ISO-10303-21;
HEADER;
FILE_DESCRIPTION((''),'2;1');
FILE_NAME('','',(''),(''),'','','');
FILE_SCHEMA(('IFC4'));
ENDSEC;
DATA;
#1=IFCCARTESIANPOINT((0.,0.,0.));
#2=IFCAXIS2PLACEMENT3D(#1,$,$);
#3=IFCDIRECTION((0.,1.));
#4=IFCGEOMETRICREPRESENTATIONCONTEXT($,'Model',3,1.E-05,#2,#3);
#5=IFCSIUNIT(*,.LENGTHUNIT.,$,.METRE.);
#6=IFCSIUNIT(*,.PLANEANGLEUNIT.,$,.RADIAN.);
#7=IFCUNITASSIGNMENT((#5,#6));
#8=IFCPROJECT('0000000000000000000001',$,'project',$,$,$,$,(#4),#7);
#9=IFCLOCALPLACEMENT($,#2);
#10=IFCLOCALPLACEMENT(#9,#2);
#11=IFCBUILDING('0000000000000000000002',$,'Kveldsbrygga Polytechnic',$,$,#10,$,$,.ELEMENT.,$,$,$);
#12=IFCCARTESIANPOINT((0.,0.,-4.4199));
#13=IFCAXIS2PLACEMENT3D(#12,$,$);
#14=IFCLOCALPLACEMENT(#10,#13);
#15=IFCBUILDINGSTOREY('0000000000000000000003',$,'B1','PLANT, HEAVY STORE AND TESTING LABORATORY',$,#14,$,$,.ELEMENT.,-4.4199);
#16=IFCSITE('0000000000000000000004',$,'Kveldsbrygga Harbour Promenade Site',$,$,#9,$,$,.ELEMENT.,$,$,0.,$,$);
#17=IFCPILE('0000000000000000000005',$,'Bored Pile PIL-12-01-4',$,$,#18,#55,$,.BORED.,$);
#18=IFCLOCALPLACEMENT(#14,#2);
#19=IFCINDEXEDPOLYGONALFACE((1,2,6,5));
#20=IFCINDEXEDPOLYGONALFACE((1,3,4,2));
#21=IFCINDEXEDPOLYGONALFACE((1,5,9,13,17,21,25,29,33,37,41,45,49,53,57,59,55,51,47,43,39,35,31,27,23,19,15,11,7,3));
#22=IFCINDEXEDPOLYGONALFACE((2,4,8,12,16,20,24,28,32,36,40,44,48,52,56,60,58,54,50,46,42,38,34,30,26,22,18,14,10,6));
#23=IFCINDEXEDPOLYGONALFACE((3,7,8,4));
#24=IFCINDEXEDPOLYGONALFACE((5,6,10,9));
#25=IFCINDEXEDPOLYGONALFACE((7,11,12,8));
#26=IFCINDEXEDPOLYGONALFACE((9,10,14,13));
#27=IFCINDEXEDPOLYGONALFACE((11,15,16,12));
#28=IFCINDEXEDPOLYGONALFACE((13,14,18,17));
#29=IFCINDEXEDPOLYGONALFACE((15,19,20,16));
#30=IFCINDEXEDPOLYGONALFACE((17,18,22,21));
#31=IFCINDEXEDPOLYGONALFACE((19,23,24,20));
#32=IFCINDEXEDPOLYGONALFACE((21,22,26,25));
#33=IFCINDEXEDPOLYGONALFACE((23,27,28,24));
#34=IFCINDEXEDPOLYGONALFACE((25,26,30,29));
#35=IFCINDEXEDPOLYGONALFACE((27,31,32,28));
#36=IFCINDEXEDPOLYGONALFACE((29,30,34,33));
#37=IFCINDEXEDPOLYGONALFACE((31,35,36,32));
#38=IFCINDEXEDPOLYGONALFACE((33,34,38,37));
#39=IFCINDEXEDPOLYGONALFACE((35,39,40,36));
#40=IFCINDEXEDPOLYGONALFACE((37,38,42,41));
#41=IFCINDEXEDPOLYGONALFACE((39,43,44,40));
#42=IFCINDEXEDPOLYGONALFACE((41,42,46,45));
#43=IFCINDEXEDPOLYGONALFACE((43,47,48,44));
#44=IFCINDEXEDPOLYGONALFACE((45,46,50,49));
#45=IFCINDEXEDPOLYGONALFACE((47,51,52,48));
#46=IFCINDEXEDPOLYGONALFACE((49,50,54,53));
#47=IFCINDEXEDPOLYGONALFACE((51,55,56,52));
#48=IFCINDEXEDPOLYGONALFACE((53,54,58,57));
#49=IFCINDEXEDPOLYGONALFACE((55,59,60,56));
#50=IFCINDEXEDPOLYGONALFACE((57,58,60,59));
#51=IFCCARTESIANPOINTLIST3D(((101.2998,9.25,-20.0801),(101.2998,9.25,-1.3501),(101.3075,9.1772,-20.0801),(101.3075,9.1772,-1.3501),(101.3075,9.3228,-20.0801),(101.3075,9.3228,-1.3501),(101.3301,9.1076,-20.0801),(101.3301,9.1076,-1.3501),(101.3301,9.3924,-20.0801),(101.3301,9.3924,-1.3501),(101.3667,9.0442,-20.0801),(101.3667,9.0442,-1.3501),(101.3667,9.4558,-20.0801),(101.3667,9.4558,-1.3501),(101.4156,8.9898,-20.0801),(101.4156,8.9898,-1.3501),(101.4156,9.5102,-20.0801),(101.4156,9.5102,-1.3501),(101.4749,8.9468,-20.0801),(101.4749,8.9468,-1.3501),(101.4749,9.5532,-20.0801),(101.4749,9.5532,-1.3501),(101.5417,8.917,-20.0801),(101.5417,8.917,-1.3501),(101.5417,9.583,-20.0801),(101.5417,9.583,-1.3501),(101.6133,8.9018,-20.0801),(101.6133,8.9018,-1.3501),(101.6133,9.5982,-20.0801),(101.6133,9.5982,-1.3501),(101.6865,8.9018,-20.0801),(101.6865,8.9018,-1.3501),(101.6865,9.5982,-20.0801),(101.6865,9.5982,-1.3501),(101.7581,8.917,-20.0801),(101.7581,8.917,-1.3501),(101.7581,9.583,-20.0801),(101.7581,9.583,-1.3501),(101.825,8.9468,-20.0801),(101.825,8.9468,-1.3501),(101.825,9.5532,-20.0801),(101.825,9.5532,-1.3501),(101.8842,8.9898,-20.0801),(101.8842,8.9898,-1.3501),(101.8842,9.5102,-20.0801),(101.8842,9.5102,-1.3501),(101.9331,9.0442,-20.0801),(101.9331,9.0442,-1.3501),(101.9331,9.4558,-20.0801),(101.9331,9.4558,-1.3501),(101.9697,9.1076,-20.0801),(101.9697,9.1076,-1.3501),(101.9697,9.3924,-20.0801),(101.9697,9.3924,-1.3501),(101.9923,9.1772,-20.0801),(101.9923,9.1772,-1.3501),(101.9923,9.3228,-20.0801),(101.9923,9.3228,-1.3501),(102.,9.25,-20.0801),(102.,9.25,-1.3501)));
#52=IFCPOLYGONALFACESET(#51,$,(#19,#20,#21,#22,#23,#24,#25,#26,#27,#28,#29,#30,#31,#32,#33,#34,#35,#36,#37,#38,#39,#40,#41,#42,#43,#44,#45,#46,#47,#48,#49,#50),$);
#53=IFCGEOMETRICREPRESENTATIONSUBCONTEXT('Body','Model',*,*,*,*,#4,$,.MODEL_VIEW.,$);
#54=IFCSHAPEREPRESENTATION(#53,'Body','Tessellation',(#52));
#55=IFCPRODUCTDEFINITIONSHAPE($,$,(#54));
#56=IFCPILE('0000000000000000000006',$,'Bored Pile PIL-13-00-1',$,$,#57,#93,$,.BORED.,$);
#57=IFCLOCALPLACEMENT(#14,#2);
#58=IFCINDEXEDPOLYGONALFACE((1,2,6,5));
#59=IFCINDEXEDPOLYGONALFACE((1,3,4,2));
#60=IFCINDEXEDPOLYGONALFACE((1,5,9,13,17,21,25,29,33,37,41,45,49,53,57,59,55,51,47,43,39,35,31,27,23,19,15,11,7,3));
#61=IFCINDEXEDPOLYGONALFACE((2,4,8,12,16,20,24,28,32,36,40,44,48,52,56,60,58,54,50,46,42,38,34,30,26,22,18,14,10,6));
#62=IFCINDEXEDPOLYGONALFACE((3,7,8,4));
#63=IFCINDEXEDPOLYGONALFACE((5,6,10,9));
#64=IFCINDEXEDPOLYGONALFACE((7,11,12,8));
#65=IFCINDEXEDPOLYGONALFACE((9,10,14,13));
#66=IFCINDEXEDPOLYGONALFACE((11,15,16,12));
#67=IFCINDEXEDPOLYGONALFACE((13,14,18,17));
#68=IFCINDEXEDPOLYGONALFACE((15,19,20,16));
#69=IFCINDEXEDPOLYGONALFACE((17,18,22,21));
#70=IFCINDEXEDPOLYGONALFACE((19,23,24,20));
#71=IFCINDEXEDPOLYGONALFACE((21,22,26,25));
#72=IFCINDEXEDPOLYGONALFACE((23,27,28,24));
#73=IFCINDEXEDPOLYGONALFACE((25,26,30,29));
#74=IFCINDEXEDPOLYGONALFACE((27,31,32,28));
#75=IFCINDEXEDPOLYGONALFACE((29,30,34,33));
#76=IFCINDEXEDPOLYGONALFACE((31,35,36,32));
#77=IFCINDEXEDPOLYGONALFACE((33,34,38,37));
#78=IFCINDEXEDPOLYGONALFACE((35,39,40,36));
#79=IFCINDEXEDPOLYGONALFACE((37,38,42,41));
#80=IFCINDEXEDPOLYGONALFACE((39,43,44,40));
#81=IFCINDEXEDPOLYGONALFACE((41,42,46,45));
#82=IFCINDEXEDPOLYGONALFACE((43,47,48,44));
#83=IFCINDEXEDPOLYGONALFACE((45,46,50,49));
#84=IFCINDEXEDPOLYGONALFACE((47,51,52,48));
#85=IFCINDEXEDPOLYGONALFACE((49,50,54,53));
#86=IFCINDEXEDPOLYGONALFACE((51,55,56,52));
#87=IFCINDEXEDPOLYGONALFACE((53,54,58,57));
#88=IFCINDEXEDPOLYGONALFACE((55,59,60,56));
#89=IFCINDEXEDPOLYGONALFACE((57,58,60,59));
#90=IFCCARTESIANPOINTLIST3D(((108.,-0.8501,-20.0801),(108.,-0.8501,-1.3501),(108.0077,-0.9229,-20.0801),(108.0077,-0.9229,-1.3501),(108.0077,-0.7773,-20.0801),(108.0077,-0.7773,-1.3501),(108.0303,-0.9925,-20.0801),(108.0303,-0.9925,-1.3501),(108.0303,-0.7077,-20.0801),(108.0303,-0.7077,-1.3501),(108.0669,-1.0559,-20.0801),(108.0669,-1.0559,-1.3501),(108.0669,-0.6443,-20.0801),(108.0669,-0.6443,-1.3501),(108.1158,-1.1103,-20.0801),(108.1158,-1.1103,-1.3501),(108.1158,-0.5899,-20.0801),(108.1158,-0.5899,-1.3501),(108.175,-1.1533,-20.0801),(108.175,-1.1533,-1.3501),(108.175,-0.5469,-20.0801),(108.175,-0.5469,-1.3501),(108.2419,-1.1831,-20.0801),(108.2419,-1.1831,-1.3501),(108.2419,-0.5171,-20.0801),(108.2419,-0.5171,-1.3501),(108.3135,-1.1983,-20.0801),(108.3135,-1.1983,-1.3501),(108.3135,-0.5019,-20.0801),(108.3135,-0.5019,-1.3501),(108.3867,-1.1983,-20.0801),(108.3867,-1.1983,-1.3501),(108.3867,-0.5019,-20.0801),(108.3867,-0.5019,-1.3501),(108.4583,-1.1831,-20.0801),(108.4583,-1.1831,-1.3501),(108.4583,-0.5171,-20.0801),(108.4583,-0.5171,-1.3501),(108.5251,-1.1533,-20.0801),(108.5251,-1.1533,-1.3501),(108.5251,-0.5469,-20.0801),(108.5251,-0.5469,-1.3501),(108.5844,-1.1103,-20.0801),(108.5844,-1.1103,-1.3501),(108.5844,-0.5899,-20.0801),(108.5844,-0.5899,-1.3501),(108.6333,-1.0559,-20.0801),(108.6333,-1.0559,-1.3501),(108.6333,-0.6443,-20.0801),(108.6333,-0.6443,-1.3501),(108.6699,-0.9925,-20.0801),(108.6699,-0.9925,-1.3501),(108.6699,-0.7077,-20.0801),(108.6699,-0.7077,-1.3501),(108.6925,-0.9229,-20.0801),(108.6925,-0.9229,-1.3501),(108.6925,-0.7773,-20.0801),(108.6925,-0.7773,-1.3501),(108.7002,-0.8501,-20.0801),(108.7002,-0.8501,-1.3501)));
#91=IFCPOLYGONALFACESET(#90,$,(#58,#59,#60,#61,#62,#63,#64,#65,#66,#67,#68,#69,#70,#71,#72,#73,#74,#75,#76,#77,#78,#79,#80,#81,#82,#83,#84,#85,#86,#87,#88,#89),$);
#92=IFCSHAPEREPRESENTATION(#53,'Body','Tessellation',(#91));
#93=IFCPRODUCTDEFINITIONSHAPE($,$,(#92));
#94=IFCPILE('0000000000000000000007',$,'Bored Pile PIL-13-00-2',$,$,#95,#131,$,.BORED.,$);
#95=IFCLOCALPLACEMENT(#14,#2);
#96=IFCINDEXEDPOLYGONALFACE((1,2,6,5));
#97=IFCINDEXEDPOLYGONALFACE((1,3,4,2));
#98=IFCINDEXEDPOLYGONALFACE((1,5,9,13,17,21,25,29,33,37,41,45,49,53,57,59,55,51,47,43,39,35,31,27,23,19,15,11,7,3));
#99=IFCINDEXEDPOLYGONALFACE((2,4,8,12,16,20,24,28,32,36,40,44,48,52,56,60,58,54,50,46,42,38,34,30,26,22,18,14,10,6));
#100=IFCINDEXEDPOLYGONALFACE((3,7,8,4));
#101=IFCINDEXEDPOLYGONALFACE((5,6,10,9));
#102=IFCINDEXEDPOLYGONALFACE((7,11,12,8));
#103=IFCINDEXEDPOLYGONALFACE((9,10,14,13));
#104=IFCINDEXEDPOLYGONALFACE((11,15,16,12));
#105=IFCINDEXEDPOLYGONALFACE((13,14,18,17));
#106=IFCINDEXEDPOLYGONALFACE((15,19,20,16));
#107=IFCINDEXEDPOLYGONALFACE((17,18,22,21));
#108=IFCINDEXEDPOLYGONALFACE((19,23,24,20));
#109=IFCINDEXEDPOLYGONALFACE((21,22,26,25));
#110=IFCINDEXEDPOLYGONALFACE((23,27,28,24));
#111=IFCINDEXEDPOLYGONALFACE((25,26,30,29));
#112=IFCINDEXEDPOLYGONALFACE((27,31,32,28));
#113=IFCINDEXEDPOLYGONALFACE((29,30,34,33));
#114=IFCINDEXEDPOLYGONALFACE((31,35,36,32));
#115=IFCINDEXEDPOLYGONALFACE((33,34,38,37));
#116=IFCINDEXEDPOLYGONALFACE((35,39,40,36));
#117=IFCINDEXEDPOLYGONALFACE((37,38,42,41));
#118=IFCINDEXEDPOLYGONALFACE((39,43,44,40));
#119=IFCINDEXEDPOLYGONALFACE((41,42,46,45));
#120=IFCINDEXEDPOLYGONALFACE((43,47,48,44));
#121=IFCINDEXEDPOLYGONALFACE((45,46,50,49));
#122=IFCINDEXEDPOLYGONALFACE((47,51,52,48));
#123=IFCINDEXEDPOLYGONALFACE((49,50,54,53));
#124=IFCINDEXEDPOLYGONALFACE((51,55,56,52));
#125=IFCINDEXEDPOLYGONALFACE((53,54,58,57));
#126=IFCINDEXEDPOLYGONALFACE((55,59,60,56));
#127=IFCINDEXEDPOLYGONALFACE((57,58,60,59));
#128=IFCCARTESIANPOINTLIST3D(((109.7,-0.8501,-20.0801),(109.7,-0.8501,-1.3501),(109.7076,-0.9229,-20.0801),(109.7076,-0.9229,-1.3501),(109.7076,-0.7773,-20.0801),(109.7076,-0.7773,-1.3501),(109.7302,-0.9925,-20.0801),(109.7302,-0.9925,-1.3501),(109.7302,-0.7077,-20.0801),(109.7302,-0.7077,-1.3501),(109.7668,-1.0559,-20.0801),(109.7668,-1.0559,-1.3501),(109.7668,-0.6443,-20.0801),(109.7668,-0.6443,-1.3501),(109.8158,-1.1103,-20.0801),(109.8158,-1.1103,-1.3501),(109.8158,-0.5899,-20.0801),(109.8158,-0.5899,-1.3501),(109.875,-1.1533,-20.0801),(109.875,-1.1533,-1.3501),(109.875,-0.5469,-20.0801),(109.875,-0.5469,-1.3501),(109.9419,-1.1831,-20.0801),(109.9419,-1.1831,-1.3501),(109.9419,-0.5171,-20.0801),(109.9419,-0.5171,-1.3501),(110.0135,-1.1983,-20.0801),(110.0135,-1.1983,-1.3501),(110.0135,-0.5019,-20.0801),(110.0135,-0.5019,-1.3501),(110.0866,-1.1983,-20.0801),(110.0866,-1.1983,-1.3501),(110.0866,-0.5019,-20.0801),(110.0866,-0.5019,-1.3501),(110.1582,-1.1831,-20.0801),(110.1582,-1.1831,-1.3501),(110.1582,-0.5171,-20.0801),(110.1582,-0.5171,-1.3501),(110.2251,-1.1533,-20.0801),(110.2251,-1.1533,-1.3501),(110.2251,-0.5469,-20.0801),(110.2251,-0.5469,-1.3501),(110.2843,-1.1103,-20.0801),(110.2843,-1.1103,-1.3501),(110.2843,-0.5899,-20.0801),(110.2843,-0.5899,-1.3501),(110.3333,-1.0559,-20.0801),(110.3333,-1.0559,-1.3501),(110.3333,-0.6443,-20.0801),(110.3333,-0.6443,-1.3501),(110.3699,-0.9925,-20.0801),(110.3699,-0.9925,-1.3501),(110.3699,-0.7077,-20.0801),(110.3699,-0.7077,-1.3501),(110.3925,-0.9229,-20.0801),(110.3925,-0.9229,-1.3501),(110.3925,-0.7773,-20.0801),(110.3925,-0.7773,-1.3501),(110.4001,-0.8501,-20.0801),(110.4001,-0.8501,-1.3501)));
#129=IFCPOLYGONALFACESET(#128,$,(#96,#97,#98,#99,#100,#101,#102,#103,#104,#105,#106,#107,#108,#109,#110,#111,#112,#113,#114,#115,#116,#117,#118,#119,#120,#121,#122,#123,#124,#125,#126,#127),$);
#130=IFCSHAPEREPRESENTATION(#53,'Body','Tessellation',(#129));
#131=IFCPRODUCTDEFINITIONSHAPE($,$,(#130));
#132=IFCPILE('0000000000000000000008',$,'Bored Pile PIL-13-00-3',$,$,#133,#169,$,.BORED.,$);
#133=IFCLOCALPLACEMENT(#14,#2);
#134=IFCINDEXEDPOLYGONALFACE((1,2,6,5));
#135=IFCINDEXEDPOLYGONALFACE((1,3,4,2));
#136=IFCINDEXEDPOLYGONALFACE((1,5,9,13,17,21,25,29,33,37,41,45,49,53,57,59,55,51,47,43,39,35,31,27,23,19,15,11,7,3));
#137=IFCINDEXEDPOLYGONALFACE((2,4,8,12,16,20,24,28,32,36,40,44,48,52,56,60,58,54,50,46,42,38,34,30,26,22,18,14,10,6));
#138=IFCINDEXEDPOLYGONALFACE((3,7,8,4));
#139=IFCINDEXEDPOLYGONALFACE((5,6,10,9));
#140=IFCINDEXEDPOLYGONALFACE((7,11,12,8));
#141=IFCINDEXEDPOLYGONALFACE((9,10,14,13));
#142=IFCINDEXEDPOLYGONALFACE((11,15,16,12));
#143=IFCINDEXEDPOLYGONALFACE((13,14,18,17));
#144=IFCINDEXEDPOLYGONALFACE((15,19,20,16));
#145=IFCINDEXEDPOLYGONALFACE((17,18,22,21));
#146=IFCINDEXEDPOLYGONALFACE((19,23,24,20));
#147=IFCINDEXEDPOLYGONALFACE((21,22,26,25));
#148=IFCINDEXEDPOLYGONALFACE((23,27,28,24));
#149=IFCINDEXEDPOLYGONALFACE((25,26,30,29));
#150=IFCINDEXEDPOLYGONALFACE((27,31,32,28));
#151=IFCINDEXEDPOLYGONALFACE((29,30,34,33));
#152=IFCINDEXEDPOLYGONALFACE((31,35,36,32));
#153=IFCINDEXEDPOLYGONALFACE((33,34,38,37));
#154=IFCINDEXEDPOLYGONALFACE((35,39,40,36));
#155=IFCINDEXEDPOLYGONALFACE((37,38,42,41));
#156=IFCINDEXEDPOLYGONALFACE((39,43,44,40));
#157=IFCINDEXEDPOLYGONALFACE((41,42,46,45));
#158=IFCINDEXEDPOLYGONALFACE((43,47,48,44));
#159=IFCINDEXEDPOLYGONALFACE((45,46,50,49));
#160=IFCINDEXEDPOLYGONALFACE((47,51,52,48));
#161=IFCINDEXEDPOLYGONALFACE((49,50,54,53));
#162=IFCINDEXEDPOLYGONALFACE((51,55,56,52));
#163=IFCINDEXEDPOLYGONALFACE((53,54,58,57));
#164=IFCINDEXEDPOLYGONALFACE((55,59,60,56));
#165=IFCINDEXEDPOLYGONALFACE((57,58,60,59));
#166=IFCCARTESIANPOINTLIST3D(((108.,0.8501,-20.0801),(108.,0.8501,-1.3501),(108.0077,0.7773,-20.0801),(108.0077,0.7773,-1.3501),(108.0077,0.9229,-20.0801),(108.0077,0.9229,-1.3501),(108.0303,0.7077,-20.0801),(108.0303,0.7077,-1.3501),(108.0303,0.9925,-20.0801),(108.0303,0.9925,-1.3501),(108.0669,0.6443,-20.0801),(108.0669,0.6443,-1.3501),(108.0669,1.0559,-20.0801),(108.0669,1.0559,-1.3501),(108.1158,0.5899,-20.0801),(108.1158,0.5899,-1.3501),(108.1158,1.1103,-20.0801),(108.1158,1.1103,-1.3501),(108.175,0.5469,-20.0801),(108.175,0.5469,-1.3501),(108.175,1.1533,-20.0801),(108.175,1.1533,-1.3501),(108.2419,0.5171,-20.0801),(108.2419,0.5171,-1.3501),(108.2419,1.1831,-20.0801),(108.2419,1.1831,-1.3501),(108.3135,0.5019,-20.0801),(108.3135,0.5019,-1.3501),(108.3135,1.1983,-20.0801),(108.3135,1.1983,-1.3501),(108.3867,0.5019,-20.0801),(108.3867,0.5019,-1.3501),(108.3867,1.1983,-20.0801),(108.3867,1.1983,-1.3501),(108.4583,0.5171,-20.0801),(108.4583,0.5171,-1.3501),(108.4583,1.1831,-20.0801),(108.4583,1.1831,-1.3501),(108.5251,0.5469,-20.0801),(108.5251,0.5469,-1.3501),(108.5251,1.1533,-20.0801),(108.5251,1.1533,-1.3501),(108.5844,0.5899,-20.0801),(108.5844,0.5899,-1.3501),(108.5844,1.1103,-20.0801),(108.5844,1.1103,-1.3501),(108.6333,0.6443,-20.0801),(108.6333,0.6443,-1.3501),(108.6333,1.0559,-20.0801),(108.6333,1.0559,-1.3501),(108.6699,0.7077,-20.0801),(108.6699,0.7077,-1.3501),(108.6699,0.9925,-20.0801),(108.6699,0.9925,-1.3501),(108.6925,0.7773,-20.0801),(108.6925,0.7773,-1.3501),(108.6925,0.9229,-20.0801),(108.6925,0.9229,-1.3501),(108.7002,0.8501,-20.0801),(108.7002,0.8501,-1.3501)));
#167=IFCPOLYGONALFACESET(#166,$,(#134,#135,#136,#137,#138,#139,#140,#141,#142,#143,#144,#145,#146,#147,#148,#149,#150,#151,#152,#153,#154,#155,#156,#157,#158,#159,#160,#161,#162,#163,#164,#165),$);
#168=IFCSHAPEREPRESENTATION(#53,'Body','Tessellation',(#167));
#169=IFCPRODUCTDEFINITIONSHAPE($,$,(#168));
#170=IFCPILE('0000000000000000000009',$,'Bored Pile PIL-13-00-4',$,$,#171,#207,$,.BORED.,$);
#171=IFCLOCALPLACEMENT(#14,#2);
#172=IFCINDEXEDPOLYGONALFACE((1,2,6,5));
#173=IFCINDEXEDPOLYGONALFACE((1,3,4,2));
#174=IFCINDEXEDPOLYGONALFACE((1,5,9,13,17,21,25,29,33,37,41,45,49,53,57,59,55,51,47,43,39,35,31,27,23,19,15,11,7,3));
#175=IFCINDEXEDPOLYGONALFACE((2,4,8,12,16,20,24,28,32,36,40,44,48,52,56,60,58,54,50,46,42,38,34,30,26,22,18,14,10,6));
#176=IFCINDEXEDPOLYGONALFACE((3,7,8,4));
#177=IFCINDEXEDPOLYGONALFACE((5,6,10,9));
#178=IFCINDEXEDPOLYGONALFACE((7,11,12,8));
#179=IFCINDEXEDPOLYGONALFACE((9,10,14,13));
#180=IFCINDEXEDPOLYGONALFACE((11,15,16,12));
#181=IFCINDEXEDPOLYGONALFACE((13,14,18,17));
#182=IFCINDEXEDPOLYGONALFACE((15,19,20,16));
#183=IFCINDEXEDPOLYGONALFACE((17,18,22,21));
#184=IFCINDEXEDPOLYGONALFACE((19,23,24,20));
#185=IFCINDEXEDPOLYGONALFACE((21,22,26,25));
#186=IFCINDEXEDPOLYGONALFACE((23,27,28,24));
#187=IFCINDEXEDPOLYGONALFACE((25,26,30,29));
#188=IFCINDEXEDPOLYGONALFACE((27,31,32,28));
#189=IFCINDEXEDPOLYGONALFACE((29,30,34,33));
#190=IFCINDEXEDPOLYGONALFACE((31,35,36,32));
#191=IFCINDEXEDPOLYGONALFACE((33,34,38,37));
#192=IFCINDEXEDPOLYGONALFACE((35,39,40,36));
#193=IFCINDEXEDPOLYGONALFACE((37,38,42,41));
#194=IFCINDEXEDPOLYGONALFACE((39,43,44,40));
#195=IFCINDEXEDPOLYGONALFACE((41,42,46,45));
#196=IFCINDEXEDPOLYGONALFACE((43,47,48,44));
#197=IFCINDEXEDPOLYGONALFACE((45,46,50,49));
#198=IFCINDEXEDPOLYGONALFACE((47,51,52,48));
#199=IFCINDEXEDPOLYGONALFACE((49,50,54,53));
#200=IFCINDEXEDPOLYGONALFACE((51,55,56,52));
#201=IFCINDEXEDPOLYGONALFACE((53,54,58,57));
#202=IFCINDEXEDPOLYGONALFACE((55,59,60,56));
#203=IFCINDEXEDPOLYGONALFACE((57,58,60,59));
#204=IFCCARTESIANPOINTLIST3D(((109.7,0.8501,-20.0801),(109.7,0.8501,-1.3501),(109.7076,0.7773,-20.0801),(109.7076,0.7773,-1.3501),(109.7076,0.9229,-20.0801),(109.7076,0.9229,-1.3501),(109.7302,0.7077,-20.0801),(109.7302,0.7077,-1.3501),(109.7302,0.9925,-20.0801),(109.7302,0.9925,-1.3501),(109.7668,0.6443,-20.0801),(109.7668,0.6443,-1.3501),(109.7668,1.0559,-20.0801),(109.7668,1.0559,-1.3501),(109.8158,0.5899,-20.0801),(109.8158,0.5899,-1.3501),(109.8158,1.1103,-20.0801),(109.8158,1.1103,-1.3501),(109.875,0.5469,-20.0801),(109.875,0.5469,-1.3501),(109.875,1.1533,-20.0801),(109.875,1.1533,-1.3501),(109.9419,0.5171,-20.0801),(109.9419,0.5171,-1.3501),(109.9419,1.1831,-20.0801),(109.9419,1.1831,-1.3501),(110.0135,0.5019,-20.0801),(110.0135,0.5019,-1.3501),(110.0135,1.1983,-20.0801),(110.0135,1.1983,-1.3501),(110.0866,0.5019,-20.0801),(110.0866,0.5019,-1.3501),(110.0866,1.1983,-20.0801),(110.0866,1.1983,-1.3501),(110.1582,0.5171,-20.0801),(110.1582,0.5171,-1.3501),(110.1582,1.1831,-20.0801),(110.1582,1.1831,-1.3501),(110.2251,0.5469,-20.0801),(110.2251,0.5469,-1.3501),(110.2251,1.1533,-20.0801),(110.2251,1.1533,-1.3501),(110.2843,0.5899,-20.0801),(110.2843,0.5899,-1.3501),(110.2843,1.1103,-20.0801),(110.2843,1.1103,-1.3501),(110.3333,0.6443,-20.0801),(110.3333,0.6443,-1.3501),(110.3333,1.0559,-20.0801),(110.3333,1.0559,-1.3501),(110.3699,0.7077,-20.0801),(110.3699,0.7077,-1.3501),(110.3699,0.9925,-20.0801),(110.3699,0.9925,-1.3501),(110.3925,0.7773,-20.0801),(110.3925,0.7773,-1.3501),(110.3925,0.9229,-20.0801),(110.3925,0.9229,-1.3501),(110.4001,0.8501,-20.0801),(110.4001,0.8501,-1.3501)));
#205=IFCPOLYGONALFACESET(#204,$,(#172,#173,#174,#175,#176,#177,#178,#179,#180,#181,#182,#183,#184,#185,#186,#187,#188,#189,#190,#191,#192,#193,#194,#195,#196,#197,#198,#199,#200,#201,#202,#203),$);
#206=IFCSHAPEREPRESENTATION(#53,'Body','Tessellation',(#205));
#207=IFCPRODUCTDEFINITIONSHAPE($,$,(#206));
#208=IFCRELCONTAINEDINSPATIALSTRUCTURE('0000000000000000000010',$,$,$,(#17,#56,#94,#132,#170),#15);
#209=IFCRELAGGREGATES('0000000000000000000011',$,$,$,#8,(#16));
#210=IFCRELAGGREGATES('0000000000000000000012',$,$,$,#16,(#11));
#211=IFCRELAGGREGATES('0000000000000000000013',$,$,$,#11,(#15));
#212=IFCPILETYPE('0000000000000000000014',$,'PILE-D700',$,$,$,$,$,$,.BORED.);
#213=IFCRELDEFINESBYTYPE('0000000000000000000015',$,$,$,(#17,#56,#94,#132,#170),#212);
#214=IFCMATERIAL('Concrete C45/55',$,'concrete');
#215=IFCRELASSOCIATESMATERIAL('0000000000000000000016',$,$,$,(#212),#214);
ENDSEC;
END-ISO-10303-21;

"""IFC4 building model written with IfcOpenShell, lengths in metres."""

from ifc_helpers import new_model, si_unit, direction, frame, origin, origin_2d, place, context, subcontext, project, spatial, circle, extrude, material, material_profile, profile_set, type_object, element, save


model = new_model("IFC4")

# Units and contexts
model_context = context("Model", 3, precision=1e-05, world=origin(), true_north=direction((0.0, 1.0)))
body_context = subcontext(model_context, "Body", "Model", "MODEL_VIEW")
ifc_project = project(units=[si_unit("LENGTHUNIT", "METRE"), si_unit("PLANEANGLEUNIT", "RADIAN")], contexts=[model_context])

# Site, building, storey
site_placement = place(None, origin())
site = spatial("IfcSite", under=ifc_project, at=site_placement, Name="Kveldsbrygga Harbour Promenade Site", CompositionType="ELEMENT", RefElevation=0.0)
building_placement = place(site_placement, origin())
building = spatial("IfcBuilding", under=site, at=building_placement, Name="Kveldsbrygga Polytechnic", CompositionType="ELEMENT")
storey_placement = place(building_placement, frame((0.0, 0.0, -4.4199)))
storey = spatial("IfcBuildingStorey", under=building, at=storey_placement, Name="B1", Description="PLANT, HEAVY STORE AND TESTING LABORATORY", CompositionType="ELEMENT", Elevation=-4.4199)

# Shared definitions
ifc_material_1 = material(Name="Concrete C45/55", Category="concrete")

# Piles
ifc_material_profile_1 = material_profile(ifc_material_1, circle(Radius=0.3501, at=origin_2d()), Name="PILE D700")
ifc_profile_set_1 = profile_set([ifc_material_profile_1], Name="Concrete C45/55")
pile_type = type_object("IfcPileType", Name="PILE-D700", PredefinedType="BORED", material=ifc_profile_set_1)
for number, where, z_axis, x_axis, name in (
    (1, (101.6499, 9.25, -1.3501), (0.0, 0.0, -1.0), (1.0, 0.0, 0.0), "Bored Pile PIL-12-01-4"),
    (2, (108.3501, -0.8501, -1.3501), (0.0, 0.0, -1.0), (1.0, 0.0, 0.0), "Bored Pile PIL-13-00-1"),
    (3, (110.05, -0.8501, -1.3501), (0.0, 0.0, -1.0), (1.0, 0.0, 0.0), "Bored Pile PIL-13-00-2"),
    (4, (108.3501, 0.8501, -1.3501), (0.0, 0.0, -1.0), (1.0, 0.0, 0.0), "Bored Pile PIL-13-00-3"),
    (5, (110.05, 0.8501, -1.3501), (0.0, 0.0, -1.0), (1.0, 0.0, 0.0), "Bored Pile PIL-13-00-4"),
):
    element("IfcPile", number, at=place(storey_placement, frame(where, z_axis=z_axis, x_axis=x_axis)), inside=storey, type_object=pile_type, Name=name, PredefinedType="BORED", context=body_context, shape_type="SweptSolid", body=[
        extrude(circle(Radius=0.3501, at=origin_2d()), origin(), (0.0, 0.0, 1.0), 18.73),
    ])

save(model, "model.ifc")
